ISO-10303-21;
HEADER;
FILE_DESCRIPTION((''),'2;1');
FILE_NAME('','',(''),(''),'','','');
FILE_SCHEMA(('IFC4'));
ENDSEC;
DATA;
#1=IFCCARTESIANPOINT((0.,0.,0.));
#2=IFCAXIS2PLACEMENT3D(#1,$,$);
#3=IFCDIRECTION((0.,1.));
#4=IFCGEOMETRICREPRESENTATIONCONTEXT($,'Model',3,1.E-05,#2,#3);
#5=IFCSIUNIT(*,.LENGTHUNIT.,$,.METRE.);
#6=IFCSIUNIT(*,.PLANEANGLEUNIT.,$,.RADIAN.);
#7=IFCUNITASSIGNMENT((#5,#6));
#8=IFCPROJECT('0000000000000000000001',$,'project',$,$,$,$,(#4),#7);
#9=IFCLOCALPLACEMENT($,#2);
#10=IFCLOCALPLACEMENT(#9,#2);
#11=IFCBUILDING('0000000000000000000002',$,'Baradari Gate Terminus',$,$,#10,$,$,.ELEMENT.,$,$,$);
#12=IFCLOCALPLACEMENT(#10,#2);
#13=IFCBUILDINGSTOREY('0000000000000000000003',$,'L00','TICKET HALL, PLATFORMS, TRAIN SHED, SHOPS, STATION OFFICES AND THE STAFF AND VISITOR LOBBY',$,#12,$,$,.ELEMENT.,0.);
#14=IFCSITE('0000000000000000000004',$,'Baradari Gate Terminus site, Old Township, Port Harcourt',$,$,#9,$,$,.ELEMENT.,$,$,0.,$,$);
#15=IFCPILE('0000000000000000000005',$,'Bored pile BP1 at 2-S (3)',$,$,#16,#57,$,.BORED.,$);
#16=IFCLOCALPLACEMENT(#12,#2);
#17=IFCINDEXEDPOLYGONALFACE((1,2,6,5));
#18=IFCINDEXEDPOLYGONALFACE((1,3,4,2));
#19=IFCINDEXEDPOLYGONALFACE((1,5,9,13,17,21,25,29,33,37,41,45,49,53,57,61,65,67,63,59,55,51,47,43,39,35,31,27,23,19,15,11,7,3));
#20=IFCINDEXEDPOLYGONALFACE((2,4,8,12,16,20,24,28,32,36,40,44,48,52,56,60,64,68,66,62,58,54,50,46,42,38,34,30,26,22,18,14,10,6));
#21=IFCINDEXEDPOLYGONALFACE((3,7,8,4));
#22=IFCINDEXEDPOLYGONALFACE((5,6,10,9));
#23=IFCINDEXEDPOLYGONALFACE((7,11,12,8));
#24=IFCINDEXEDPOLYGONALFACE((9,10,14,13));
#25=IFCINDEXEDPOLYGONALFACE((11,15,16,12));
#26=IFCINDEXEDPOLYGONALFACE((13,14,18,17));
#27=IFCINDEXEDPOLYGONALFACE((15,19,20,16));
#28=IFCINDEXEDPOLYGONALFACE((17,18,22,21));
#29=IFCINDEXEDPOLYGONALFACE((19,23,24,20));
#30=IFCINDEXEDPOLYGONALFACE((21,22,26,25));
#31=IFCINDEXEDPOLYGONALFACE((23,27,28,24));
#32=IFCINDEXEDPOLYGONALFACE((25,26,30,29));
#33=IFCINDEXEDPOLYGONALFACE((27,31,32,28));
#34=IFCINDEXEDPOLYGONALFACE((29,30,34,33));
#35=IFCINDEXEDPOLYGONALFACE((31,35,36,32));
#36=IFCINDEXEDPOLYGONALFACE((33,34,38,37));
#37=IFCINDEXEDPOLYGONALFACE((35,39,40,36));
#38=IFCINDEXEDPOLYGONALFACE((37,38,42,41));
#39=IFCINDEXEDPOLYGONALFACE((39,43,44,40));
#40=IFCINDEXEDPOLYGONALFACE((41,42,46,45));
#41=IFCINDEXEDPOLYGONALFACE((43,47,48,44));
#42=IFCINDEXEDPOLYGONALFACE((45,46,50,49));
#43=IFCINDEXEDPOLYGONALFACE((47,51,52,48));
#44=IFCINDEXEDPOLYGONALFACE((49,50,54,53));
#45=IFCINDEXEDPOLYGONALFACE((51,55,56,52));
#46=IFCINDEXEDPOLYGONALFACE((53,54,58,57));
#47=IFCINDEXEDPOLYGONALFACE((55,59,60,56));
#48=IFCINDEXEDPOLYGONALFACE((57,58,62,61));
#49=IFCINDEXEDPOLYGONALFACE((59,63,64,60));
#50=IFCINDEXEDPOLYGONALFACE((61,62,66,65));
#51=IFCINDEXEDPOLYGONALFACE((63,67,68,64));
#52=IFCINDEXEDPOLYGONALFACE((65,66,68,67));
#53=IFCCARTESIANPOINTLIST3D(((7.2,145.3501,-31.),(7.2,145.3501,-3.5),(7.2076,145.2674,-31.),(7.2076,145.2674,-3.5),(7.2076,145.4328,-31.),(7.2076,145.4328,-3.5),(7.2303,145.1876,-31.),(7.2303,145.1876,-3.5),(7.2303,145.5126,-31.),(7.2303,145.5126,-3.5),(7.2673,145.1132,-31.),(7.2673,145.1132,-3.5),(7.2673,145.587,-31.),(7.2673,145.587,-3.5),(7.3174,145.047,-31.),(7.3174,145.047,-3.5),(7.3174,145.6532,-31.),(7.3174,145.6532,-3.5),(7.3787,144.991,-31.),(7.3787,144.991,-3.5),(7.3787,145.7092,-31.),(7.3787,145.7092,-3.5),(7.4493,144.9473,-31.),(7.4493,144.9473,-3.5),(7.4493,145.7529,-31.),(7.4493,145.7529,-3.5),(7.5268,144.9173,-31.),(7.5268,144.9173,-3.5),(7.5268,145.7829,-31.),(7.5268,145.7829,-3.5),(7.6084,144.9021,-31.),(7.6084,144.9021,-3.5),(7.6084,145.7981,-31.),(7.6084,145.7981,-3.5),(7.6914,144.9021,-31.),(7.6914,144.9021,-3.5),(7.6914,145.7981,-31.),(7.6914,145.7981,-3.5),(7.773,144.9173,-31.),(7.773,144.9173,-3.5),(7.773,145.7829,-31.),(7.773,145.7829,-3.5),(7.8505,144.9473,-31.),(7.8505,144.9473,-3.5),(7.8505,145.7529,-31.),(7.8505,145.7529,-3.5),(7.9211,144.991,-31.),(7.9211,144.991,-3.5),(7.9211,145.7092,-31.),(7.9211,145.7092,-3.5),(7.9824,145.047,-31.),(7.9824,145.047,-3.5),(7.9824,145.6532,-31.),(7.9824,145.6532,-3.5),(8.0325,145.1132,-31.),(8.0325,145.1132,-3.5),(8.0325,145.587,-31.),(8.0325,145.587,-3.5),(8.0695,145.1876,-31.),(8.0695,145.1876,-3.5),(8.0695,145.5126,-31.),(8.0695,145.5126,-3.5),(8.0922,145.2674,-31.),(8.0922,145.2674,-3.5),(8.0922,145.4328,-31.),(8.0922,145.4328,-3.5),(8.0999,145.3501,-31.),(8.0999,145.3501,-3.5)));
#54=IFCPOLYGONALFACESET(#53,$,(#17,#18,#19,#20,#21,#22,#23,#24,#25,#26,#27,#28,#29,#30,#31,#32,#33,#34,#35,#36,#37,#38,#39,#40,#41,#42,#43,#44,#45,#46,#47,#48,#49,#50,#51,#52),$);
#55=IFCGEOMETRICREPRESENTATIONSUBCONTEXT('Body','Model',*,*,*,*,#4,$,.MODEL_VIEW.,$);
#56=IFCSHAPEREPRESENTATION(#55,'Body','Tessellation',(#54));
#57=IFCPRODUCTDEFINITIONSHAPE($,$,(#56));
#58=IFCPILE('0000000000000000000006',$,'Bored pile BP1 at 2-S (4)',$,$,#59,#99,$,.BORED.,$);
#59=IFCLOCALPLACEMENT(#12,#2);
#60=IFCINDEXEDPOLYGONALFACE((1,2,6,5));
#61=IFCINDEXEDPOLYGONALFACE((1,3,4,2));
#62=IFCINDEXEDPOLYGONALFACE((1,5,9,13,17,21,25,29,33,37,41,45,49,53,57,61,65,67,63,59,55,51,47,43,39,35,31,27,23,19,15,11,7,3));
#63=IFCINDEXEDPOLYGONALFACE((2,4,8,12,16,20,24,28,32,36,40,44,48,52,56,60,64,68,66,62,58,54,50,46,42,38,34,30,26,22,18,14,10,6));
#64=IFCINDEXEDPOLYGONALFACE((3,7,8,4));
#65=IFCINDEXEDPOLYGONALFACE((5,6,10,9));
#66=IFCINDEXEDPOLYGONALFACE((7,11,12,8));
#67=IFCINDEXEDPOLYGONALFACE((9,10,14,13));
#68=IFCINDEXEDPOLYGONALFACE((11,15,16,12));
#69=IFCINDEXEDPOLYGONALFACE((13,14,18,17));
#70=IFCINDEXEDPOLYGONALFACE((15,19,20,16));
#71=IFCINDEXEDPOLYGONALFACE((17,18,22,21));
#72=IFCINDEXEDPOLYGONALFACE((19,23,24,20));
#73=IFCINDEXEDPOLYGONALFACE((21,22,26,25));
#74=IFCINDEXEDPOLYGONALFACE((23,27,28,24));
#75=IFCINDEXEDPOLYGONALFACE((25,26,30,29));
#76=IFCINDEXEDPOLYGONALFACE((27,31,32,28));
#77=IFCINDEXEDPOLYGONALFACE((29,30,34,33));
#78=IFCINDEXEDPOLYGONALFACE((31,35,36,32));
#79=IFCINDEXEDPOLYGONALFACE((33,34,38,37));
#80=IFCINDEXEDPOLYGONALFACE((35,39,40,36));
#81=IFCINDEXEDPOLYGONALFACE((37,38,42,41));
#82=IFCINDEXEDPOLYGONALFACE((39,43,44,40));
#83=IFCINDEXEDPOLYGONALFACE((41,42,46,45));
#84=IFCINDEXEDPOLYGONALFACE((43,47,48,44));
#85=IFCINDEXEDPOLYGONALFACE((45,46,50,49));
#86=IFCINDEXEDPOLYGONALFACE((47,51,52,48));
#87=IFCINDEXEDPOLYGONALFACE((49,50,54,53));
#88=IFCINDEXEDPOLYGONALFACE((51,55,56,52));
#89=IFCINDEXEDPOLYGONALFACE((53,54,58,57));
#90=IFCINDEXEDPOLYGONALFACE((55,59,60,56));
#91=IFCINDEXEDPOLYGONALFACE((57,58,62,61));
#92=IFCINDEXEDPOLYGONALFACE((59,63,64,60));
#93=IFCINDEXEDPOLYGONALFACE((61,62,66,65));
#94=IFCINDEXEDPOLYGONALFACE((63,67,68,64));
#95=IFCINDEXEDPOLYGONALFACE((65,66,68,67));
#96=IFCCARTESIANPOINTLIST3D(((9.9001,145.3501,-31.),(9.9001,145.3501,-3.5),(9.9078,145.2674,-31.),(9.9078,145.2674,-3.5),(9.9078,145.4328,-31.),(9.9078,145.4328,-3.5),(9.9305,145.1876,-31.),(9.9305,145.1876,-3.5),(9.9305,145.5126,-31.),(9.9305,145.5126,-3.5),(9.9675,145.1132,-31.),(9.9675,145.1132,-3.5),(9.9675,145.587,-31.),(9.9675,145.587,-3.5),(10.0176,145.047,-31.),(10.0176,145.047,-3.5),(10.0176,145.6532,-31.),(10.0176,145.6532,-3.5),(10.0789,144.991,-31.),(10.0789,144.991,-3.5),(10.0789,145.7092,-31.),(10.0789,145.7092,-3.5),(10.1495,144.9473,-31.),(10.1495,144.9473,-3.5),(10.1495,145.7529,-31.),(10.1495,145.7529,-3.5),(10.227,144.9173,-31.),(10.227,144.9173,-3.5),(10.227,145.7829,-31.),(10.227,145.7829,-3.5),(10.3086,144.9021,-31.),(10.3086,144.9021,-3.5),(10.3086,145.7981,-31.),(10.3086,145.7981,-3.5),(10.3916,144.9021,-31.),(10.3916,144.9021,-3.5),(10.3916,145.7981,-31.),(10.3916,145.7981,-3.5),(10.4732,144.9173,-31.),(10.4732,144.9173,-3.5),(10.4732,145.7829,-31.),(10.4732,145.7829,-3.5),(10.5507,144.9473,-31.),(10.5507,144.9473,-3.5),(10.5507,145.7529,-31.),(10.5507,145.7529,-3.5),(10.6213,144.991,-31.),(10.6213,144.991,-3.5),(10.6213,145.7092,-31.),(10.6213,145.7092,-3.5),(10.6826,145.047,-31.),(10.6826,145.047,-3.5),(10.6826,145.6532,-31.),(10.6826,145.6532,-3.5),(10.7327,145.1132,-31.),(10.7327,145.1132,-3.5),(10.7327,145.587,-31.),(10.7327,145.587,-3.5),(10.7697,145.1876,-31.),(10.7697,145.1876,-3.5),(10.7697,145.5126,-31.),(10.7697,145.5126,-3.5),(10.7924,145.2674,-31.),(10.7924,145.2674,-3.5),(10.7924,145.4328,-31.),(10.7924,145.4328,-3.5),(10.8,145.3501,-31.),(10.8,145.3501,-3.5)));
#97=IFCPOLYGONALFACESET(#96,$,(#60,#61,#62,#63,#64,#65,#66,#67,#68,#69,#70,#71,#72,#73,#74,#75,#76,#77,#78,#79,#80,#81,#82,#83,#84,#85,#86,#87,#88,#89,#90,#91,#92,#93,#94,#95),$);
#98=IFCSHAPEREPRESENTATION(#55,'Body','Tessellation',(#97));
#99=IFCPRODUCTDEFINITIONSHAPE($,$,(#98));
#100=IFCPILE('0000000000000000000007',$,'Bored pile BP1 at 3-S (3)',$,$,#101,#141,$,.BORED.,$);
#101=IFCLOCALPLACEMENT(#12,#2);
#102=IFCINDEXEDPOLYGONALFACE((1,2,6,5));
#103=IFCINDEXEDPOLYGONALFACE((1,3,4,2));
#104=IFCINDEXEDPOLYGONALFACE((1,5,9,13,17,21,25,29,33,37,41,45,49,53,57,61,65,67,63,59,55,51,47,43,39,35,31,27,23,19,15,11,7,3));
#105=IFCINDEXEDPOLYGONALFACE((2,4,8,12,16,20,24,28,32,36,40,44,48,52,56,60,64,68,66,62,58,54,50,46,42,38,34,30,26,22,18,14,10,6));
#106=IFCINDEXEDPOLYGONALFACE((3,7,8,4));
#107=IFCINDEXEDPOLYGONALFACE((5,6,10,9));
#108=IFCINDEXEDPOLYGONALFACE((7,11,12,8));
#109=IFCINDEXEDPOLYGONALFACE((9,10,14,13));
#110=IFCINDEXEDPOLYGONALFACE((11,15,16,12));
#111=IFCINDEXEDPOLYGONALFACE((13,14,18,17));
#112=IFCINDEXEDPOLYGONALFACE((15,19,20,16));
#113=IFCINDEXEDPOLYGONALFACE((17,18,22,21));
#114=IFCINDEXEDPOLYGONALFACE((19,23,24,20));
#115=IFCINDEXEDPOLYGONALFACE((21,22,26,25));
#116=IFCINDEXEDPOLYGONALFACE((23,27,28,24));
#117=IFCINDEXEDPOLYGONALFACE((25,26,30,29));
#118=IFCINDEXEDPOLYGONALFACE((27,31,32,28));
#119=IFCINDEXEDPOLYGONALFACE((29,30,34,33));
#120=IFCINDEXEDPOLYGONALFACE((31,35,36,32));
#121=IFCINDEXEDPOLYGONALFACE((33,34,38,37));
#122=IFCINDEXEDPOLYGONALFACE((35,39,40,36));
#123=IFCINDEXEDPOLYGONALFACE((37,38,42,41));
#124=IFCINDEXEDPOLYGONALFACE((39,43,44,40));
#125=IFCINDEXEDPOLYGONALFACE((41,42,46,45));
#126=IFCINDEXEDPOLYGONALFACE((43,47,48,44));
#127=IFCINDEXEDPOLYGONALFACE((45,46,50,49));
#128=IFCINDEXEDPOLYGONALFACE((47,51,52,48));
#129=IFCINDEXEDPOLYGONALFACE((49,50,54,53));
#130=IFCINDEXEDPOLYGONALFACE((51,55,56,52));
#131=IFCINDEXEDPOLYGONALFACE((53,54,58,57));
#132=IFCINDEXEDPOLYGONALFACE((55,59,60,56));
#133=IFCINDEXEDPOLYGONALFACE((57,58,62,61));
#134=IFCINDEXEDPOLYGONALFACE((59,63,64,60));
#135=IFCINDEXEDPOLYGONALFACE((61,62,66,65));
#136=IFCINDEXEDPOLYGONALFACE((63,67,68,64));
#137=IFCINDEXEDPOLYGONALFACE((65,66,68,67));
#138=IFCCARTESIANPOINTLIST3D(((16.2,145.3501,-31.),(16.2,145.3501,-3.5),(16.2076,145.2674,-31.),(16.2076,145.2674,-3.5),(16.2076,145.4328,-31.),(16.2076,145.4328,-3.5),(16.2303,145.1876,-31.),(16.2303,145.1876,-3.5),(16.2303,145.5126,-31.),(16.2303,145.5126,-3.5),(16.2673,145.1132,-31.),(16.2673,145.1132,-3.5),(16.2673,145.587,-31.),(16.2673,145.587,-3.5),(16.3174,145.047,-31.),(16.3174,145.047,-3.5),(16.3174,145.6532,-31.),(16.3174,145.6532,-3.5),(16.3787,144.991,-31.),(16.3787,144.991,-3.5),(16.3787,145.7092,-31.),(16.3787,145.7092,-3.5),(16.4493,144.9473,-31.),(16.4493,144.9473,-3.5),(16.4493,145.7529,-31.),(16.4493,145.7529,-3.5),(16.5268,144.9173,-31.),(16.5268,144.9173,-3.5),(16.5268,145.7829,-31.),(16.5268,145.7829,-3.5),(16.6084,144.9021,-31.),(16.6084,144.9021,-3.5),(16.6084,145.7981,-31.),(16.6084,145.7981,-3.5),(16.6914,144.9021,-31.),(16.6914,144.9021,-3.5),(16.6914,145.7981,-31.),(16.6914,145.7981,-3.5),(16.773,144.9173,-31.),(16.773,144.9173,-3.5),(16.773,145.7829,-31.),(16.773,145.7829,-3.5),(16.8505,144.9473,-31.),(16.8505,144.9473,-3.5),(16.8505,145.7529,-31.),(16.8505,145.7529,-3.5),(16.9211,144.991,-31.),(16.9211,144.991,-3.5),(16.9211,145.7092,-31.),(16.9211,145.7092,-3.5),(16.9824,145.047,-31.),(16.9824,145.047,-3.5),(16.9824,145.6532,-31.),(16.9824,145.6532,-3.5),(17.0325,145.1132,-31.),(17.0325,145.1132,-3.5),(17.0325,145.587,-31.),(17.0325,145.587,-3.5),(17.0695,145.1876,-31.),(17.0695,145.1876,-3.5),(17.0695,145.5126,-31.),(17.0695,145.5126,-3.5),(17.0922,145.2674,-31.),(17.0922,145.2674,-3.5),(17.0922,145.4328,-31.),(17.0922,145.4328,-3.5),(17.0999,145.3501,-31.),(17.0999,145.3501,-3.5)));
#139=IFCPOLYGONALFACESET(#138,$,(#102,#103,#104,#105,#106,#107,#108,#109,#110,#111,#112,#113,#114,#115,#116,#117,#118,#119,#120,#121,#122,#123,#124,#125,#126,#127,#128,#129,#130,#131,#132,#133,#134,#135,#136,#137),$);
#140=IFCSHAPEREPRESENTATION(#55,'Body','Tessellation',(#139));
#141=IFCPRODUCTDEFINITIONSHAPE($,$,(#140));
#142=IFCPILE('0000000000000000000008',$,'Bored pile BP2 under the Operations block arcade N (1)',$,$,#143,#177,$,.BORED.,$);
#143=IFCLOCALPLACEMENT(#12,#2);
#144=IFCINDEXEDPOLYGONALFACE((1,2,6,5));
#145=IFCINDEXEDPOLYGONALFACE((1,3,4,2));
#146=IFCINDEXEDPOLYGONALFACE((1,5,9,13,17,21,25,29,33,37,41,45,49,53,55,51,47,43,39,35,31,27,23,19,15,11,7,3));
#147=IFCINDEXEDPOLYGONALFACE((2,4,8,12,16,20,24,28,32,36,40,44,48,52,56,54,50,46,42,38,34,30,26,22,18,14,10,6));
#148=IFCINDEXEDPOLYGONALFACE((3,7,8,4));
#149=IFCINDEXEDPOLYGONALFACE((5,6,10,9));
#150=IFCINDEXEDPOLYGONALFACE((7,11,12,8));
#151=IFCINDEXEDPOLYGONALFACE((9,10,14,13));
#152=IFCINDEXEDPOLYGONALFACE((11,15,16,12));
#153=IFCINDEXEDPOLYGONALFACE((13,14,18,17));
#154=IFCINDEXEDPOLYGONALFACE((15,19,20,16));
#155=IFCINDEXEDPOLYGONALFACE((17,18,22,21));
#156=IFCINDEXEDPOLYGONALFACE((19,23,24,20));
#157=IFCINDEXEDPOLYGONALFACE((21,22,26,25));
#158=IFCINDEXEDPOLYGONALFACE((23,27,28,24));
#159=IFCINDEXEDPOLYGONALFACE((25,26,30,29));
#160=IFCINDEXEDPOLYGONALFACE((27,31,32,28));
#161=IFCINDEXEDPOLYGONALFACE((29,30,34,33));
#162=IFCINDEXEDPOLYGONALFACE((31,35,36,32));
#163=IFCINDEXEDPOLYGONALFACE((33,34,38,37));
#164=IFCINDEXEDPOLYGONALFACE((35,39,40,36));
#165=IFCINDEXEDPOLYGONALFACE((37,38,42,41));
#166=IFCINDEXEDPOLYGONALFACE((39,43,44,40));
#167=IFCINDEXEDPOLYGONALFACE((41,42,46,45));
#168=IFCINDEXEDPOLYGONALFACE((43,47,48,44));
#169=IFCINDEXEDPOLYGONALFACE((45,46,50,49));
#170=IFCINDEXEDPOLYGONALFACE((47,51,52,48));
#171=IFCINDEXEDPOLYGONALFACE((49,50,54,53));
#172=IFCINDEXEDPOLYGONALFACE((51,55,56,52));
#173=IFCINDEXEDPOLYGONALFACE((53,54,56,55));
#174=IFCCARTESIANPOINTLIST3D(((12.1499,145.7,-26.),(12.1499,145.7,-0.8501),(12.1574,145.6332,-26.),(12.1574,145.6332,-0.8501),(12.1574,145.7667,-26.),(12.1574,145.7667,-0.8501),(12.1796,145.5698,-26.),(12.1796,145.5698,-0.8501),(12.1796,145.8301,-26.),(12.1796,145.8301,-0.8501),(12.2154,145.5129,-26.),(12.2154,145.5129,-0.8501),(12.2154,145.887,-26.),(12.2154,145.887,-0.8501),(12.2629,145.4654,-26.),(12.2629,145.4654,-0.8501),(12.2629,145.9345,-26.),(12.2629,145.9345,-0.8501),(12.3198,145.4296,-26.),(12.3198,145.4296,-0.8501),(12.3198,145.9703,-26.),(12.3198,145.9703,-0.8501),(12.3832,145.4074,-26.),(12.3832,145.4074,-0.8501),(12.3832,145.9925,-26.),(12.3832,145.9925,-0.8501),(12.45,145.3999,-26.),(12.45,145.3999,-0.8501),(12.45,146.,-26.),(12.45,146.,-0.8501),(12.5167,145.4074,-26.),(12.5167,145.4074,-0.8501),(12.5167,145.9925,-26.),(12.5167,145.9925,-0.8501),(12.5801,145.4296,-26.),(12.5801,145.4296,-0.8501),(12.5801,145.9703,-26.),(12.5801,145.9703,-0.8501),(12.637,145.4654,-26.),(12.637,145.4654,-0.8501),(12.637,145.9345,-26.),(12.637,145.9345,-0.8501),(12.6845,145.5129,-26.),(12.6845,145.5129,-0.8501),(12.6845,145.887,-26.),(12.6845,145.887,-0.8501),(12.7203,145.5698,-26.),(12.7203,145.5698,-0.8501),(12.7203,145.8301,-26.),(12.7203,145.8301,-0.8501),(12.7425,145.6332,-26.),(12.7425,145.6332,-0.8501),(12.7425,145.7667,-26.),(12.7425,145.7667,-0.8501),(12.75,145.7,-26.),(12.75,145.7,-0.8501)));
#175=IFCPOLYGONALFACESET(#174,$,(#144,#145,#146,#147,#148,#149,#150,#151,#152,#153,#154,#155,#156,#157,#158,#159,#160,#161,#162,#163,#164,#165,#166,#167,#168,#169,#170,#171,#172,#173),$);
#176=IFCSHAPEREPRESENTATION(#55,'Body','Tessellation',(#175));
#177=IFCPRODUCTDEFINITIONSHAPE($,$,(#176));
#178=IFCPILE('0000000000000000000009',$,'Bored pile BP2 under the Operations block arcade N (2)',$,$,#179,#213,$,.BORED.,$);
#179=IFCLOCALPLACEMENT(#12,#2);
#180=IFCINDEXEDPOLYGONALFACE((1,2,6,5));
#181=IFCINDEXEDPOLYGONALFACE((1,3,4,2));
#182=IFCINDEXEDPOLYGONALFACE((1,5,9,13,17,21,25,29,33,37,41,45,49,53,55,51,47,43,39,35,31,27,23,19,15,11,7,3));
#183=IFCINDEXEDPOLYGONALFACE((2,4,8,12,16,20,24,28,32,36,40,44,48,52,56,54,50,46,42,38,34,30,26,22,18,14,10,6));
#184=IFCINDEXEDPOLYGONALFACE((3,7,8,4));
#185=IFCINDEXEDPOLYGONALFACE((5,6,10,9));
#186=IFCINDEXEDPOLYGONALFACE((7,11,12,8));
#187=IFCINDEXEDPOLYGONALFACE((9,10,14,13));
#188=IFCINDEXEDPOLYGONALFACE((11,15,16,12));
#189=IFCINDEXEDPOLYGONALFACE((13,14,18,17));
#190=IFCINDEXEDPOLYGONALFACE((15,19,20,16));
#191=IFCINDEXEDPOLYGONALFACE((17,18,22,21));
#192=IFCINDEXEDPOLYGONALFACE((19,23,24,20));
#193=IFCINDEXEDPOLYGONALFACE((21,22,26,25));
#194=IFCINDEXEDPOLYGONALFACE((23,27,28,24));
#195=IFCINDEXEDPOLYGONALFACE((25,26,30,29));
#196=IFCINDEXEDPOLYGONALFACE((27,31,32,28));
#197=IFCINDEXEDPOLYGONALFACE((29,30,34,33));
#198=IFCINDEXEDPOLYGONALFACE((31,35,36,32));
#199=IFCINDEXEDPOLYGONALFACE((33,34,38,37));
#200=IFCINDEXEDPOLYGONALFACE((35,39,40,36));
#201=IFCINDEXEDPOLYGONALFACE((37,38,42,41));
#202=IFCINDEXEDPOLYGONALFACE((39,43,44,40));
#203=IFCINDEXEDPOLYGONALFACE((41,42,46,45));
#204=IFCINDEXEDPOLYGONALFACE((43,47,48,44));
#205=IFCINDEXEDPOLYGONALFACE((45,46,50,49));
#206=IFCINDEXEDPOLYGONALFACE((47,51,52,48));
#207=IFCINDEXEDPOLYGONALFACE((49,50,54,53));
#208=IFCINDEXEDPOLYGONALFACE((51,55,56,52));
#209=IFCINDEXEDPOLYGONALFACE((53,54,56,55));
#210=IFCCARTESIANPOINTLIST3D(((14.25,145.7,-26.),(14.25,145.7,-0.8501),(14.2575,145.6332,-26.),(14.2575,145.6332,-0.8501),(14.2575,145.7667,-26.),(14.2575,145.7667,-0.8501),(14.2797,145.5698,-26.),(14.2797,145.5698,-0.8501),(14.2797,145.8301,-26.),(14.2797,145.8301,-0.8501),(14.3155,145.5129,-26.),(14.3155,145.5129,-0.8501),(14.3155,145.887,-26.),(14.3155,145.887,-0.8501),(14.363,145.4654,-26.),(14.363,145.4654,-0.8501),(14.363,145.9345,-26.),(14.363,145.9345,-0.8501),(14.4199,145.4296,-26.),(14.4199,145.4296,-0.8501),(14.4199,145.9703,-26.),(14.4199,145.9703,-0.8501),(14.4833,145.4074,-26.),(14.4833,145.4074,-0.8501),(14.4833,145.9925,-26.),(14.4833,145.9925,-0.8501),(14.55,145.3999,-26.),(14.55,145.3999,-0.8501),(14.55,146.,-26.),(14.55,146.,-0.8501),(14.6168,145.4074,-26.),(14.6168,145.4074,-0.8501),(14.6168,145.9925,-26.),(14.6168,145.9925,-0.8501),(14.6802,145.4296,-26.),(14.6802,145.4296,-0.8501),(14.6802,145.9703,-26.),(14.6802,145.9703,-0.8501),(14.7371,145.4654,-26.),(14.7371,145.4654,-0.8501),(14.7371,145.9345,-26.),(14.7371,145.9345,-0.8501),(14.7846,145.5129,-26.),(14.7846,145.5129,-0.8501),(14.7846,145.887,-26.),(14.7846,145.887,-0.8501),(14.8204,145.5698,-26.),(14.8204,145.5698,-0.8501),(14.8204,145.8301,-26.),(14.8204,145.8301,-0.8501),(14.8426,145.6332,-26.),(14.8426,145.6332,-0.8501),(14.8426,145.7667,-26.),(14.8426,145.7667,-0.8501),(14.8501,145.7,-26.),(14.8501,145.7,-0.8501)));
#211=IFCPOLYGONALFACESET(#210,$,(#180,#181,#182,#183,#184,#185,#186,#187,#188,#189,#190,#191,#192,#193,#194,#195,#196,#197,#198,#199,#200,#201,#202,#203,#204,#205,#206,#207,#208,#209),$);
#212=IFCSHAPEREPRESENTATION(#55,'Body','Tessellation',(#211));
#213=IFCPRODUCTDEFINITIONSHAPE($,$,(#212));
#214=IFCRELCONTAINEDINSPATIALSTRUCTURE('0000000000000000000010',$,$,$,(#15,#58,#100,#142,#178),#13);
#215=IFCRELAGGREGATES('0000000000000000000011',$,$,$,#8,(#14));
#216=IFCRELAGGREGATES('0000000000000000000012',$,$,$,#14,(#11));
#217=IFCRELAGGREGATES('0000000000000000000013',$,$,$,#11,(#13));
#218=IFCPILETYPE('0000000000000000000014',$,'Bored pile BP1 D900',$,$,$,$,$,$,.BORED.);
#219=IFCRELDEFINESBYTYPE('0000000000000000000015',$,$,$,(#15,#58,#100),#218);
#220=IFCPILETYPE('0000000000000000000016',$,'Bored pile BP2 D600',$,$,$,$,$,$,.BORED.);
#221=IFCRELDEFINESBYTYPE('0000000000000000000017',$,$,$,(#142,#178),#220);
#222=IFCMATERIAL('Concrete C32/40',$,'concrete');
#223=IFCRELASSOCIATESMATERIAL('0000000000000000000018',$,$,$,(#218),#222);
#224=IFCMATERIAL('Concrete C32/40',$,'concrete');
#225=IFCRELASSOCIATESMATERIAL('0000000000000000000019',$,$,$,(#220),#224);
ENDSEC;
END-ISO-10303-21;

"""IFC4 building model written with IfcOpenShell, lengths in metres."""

from ifc_helpers import new_model, si_unit, direction, frame, origin, origin_2d, place, context, subcontext, project, spatial, circle, extrude, material, type_object, element, save


model = new_model("IFC4")

# Units and contexts
model_context = context("Model", 3, precision=1e-05, world=origin(), true_north=direction((0.0, 1.0)))
body_context = subcontext(model_context, "Body", "Model", "MODEL_VIEW")
ifc_project = project(units=[si_unit("LENGTHUNIT", "METRE"), si_unit("PLANEANGLEUNIT", "RADIAN")], contexts=[model_context])

# Site, building, storey
site_placement = place(None, origin())
site = spatial("IfcSite", under=ifc_project, at=site_placement, Name="Baradari Gate Terminus site, Old Township, Port Harcourt", CompositionType="ELEMENT", RefElevation=0.0)
building_placement = place(site_placement, origin())
building = spatial("IfcBuilding", under=site, at=building_placement, Name="Baradari Gate Terminus", CompositionType="ELEMENT")
storey_placement = place(building_placement, origin())
storey = spatial("IfcBuildingStorey", under=building, at=storey_placement, Name="L00", Description="TICKET HALL, PLATFORMS, TRAIN SHED, SHOPS, STATION OFFICES AND THE STAFF AND VISITOR LOBBY", CompositionType="ELEMENT", Elevation=0.0)

# Piles
ifc_material_1 = material(Name="Concrete C32/40", Category="concrete")
pile_type_1 = type_object("IfcPileType", Name="Bored pile BP1 D900", PredefinedType="BORED", material=ifc_material_1)
for number, where, z_axis, x_axis, name in (
    (1, (7.6499, 145.3501, -3.5), (0.0, 0.0, -1.0), (1.0, 0.0, 0.0), "Bored pile BP1 at 2-S (3)"),
    (2, (10.3501, 145.3501, -3.5), (0.0, 0.0, -1.0), (1.0, 0.0, 0.0), "Bored pile BP1 at 2-S (4)"),
    (3, (16.6499, 145.3501, -3.5), (0.0, 0.0, -1.0), (1.0, 0.0, 0.0), "Bored pile BP1 at 3-S (3)"),
):
    element("IfcPile", number, at=place(storey_placement, frame(where, z_axis=z_axis, x_axis=x_axis)), inside=storey, type_object=pile_type_1, Name=name, PredefinedType="BORED", context=body_context, shape_type="SweptSolid", body=[
        extrude(circle(Radius=0.45, at=origin_2d()), origin(), (0.0, 0.0, 1.0), 27.5),
    ])
ifc_material_2 = material(Name="Concrete C32/40", Category="concrete")
pile_type_2 = type_object("IfcPileType", Name="Bored pile BP2 D600", PredefinedType="BORED", material=ifc_material_2)
for number, where, z_axis, x_axis, name in (
    (4, (12.45, 145.7, -0.8501), (0.0, 0.0, -1.0), (1.0, 0.0, 0.0), "Bored pile BP2 under the Operations block arcade N (1)"),
    (5, (14.55, 145.7, -0.8501), (0.0, 0.0, -1.0), (1.0, 0.0, 0.0), "Bored pile BP2 under the Operations block arcade N (2)"),
):
    element("IfcPile", number, at=place(storey_placement, frame(where, z_axis=z_axis, x_axis=x_axis)), inside=storey, type_object=pile_type_2, Name=name, PredefinedType="BORED", context=body_context, shape_type="SweptSolid", body=[
        extrude(circle(Radius=0.3, at=origin_2d()), origin(), (0.0, 0.0, 1.0), 25.1499),
    ])

save(model, "model.ifc")
